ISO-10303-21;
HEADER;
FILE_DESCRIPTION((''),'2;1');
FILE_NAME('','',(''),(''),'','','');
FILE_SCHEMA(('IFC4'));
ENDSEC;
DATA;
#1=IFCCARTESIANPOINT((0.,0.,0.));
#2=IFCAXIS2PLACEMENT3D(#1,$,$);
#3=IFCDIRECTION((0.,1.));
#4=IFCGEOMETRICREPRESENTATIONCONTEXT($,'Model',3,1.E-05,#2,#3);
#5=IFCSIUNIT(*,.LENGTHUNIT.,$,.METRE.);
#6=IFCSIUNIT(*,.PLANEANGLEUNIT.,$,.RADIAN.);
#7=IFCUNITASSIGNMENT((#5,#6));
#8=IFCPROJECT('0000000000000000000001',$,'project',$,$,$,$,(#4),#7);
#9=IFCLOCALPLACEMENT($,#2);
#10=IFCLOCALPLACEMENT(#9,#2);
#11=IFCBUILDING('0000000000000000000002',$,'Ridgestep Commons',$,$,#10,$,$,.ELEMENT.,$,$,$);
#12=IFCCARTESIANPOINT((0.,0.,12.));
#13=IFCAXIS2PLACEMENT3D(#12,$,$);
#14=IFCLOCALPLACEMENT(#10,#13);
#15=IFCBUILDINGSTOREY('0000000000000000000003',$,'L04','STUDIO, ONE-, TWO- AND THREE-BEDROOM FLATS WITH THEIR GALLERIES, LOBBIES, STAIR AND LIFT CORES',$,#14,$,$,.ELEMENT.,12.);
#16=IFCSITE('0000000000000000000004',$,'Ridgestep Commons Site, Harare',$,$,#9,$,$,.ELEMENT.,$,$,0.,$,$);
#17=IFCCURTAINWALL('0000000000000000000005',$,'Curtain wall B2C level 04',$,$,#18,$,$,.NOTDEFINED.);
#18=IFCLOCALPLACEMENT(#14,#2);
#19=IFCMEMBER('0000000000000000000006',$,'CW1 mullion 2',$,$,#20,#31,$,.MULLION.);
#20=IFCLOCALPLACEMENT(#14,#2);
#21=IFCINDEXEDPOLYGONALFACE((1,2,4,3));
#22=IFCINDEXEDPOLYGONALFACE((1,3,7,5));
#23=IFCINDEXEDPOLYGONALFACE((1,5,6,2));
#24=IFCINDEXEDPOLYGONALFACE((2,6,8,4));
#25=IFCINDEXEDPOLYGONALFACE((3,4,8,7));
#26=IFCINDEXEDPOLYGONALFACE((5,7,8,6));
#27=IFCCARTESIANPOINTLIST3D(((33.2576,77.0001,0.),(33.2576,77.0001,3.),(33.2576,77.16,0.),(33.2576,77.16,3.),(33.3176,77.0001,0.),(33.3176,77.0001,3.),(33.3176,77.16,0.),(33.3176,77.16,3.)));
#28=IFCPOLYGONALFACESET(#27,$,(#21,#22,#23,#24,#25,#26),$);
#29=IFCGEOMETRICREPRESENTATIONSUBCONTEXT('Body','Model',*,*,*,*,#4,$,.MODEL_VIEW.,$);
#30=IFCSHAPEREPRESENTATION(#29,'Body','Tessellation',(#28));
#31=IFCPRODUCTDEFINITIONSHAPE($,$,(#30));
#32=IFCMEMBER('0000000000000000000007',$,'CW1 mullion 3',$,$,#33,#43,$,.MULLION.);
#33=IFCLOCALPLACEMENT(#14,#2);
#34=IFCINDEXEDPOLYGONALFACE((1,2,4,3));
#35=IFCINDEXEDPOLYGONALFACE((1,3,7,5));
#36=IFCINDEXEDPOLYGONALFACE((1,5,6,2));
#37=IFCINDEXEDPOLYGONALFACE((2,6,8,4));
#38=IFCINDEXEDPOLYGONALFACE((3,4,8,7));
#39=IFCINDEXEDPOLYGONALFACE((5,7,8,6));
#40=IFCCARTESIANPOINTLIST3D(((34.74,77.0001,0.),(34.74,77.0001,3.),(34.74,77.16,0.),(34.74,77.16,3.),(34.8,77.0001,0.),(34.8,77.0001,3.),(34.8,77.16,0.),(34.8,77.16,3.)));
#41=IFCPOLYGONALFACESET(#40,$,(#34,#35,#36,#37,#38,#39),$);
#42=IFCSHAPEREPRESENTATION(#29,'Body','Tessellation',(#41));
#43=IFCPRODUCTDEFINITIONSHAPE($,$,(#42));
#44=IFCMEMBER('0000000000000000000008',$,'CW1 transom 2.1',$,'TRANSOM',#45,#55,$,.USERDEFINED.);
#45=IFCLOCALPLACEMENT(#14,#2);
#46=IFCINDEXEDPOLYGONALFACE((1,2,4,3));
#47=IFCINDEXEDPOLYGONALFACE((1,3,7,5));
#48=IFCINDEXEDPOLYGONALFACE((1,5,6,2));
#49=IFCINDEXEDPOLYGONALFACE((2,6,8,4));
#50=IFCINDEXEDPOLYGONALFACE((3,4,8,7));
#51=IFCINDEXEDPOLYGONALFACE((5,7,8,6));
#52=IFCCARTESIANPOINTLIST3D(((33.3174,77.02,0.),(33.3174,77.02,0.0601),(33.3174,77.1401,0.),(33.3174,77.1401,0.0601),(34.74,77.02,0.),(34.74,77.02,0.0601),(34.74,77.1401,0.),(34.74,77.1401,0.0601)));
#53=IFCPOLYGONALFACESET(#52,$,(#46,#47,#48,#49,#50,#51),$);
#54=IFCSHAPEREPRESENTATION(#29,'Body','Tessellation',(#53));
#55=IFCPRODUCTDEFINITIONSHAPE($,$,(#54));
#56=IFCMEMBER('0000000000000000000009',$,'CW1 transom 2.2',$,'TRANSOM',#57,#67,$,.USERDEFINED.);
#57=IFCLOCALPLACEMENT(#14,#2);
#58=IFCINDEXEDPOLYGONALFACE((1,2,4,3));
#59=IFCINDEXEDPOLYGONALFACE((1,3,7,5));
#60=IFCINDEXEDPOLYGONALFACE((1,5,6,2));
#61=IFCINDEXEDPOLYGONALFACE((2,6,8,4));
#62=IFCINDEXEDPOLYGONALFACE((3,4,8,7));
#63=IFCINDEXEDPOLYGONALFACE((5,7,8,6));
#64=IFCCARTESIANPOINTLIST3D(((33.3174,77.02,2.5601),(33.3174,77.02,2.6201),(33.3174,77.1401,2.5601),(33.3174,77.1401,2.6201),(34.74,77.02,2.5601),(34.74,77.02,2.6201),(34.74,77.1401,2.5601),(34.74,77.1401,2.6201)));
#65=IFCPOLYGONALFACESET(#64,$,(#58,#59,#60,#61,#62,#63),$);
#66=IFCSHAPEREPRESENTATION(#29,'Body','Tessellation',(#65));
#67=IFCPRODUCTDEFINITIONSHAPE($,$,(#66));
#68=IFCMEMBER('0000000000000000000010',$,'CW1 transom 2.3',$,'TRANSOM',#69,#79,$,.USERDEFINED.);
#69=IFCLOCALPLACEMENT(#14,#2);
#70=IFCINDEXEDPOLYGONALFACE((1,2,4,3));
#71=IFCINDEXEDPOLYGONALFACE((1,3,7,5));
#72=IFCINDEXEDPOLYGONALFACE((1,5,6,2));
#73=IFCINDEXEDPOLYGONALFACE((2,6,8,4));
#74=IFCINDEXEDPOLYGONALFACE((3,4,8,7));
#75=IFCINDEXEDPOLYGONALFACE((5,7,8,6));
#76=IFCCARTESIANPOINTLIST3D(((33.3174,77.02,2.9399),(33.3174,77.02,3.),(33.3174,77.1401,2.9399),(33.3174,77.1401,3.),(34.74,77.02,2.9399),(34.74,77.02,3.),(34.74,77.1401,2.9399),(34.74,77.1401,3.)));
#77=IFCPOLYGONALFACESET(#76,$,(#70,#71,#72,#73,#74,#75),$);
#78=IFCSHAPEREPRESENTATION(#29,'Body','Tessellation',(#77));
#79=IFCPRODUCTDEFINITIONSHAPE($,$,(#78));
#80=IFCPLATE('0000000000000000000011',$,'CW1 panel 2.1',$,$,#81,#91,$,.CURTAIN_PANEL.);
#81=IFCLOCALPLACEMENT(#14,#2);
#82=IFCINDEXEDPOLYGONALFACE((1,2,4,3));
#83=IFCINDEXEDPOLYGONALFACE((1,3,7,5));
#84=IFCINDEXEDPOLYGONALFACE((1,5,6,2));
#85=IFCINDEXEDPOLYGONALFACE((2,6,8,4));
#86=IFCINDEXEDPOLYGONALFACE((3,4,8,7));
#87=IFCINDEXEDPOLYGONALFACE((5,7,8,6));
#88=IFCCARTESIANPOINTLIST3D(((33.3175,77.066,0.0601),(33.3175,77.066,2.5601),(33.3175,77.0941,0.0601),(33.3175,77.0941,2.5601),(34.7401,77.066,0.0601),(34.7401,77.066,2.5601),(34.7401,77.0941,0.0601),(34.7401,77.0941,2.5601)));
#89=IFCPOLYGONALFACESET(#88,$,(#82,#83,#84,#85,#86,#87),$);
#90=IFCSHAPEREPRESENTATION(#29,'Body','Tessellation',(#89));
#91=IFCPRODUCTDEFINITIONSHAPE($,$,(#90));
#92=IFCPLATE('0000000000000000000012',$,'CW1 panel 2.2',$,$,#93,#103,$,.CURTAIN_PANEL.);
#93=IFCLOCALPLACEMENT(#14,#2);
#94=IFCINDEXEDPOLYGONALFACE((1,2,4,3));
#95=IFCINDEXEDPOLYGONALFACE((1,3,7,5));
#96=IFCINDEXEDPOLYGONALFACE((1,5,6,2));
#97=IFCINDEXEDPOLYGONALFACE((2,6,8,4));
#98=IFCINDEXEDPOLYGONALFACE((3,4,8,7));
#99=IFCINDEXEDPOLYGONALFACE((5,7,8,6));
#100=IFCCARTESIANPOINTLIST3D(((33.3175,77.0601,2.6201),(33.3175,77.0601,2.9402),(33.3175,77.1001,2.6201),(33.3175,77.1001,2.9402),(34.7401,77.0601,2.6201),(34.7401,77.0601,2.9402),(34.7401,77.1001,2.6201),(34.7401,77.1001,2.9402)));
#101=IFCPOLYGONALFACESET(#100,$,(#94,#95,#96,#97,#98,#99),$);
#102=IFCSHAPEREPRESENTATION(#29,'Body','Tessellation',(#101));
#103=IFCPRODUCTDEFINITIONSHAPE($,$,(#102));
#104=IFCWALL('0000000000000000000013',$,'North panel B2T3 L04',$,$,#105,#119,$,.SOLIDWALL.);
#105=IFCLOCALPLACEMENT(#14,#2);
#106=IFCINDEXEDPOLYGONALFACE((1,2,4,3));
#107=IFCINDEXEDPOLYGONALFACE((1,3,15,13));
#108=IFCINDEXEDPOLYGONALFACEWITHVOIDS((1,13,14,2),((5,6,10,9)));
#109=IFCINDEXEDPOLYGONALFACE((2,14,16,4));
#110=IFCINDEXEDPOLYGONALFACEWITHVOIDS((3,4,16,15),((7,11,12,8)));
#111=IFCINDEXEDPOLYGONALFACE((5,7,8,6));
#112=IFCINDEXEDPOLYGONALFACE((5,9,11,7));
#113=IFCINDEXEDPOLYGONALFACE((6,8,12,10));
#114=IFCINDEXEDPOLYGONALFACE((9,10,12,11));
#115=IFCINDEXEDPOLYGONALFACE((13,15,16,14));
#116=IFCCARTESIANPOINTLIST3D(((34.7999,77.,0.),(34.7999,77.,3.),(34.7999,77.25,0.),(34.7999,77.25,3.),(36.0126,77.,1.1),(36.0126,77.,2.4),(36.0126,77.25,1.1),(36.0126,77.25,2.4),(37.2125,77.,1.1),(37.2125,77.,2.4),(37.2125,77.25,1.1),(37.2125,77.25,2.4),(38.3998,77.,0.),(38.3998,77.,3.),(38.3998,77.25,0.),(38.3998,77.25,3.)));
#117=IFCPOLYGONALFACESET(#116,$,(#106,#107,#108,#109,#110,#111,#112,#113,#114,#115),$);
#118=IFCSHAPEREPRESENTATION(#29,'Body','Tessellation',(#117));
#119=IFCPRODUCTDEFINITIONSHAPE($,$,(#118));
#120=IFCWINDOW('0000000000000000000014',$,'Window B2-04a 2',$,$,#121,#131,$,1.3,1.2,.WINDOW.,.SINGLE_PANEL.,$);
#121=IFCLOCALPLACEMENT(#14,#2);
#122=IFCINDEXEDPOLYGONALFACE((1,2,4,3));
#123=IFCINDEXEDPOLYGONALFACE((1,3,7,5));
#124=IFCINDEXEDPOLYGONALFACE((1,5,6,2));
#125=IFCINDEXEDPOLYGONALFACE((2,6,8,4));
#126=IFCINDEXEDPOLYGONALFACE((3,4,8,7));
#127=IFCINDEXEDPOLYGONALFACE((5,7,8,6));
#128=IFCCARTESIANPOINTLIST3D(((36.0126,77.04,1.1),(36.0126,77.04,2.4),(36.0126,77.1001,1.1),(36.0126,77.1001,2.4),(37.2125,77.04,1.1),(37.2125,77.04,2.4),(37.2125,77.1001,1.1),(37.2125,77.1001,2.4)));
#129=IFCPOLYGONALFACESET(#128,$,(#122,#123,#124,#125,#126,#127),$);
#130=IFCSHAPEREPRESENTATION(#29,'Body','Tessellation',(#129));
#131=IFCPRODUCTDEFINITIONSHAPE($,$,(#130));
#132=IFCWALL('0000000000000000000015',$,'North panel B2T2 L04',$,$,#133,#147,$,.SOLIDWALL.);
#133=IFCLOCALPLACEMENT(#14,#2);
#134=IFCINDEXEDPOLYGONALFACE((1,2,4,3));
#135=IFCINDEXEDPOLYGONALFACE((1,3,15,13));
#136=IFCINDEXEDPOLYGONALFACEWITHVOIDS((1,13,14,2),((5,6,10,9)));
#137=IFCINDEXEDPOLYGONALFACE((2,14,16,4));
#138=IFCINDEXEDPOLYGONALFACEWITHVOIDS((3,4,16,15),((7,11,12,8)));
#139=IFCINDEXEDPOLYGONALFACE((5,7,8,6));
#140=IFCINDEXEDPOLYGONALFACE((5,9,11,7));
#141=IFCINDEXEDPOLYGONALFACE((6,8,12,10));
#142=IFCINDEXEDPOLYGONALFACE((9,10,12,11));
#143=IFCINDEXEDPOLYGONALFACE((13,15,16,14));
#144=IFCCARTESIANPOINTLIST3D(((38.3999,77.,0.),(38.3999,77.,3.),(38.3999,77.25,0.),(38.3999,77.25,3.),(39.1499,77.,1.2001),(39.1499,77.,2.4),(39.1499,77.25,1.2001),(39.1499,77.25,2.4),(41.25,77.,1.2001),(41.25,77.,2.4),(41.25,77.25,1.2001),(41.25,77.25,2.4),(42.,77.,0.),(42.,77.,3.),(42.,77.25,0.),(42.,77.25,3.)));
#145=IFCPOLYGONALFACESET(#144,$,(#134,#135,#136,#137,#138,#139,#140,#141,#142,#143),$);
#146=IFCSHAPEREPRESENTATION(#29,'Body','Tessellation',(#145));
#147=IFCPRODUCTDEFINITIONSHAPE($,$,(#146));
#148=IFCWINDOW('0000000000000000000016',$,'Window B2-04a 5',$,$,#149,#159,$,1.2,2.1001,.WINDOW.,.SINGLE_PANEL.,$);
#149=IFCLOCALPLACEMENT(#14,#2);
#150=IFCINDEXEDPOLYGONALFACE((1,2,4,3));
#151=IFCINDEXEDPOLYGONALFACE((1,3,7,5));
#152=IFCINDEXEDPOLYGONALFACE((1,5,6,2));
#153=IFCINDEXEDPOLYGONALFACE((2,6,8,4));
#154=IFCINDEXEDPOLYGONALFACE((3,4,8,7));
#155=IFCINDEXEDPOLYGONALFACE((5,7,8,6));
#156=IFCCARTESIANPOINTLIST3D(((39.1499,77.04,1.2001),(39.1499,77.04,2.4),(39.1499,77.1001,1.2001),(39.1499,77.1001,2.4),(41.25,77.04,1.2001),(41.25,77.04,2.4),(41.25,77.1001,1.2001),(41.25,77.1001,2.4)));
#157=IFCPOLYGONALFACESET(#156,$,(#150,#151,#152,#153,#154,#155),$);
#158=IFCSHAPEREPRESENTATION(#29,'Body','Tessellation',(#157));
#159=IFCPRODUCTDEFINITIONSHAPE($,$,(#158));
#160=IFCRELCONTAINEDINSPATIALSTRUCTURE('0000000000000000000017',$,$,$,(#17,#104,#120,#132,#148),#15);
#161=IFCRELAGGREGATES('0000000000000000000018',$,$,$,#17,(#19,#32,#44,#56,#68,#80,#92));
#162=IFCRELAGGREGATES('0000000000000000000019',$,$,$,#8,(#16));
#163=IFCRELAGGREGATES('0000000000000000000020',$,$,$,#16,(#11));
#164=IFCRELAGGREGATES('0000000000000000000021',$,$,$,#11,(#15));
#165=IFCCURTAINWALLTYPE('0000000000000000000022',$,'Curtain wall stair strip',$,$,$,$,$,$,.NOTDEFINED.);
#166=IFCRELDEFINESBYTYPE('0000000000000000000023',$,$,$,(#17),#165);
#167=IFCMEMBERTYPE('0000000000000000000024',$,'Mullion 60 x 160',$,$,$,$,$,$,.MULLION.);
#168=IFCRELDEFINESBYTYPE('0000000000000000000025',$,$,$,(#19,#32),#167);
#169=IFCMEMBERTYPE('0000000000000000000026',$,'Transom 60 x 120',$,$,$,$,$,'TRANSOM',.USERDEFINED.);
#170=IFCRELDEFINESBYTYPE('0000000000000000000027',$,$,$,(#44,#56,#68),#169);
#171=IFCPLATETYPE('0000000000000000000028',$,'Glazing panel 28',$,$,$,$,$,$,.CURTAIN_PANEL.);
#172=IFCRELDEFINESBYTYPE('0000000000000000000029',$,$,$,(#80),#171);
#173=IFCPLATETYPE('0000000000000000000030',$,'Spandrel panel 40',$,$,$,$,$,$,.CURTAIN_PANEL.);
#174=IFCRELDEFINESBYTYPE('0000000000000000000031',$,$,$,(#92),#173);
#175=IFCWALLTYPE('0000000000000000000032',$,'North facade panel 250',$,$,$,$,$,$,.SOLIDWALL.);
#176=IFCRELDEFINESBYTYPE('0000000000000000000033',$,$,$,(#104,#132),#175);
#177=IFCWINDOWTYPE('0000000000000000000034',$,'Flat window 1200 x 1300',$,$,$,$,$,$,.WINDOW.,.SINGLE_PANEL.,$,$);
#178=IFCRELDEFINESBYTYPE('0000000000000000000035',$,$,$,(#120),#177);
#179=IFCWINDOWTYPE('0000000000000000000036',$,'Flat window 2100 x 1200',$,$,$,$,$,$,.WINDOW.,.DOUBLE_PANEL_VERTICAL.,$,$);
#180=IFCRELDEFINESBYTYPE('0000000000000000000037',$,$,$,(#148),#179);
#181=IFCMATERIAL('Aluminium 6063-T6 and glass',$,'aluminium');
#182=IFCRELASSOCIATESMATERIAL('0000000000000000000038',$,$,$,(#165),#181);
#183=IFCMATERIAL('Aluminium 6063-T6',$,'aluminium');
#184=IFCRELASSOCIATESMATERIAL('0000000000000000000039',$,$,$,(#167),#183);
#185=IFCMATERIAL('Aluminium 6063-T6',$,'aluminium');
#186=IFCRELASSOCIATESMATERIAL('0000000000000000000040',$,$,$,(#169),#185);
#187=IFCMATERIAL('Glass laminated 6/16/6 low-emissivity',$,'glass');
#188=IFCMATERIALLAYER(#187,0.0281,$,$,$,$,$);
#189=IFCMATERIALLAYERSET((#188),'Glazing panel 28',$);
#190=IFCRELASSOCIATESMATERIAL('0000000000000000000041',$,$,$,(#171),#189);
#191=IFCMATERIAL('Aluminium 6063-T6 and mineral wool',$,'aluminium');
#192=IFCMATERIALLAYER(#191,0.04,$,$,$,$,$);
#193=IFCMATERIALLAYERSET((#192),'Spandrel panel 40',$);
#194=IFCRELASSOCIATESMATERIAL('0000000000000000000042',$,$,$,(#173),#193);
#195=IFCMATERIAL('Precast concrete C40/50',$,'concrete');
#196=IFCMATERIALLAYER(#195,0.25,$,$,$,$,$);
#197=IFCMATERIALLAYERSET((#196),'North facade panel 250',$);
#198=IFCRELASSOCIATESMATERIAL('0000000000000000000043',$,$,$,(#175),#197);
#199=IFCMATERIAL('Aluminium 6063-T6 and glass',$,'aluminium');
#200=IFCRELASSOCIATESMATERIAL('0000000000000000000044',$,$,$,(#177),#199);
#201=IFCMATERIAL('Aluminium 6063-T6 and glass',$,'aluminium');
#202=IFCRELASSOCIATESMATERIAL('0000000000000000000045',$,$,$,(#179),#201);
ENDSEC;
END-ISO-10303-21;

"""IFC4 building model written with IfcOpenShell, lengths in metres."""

from ifc_helpers import new_model, si_unit, direction, frame, frame_2d, origin, origin_2d, place, context, subcontext, project, spatial, rectangle, extrude, material, layer, layer_set, material_profile, profile_set, type_object, element, fill, aggregate, save


model = new_model("IFC4")

# Units and contexts
model_context = context("Model", 3, precision=1e-05, world=origin(), true_north=direction((0.0, 1.0)))
body_context = subcontext(model_context, "Body", "Model", "MODEL_VIEW")
ifc_project = project(units=[si_unit("LENGTHUNIT", "METRE"), si_unit("PLANEANGLEUNIT", "RADIAN")], contexts=[model_context])

# Site, building, storey
site_placement = place(None, origin())
site = spatial("IfcSite", under=ifc_project, at=site_placement, Name="Ridgestep Commons Site, Harare", CompositionType="ELEMENT", RefElevation=0.0)
building_placement = place(site_placement, origin())
building = spatial("IfcBuilding", under=site, at=building_placement, Name="Ridgestep Commons", CompositionType="ELEMENT")
storey_placement = place(building_placement, frame((0.0, 0.0, 12.0)))
storey = spatial("IfcBuildingStorey", under=building, at=storey_placement, Name="L04", Description="STUDIO, ONE-, TWO- AND THREE-BEDROOM FLATS WITH THEIR GALLERIES, LOBBIES, STAIR AND LIFT CORES", CompositionType="ELEMENT", Elevation=12.0)

# Curtain wall, members, plates
ifc_material_1 = material(Name="Aluminium 6063-T6 and glass", Category="aluminium")
curtain_wall_type = type_object("IfcCurtainWallType", Name="Curtain wall stair strip", PredefinedType="NOTDEFINED", material=ifc_material_1)
curtain_wall_placement = place(storey_placement, origin())
curtain_wall = element("IfcCurtainWall", 1, at=curtain_wall_placement, inside=storey, type_object=curtain_wall_type, Name="Curtain wall B2C level 04", PredefinedType="NOTDEFINED")
ifc_material_2 = material(Name="Aluminium 6063-T6", Category="aluminium")
ifc_material_profile_1 = material_profile(ifc_material_2, rectangle(XDim=0.1599, YDim=0.0601, at=origin_2d()), Name="Mullion 60 x 160")
ifc_profile_set_1 = profile_set([ifc_material_profile_1], Name="Aluminium 6063-T6")
member_type_1 = type_object("IfcMemberType", Name="Mullion 60 x 160", PredefinedType="MULLION", material=ifc_profile_set_1)
member_1_placement = place(storey_placement, frame((33.2876, 77.0801, 0.0), z_axis=(0.0, 0.0, 1.0), x_axis=(0.0, 1.0, 0.0)))
member_1 = element("IfcMember", 2, at=member_1_placement, type_object=member_type_1, Name="CW1 mullion 2", PredefinedType="MULLION", context=body_context, shape_type="SweptSolid", body=[
    extrude(rectangle(XDim=0.1599, YDim=0.0601, at=origin_2d()), origin(), (0.0, 0.0, 1.0), 3.0),
])
member_2_placement = place(storey_placement, frame((34.77, 77.0801, 0.0), z_axis=(0.0, 0.0, 1.0), x_axis=(0.0, 1.0, 0.0)))
member_2 = element("IfcMember", 3, at=member_2_placement, type_object=member_type_1, Name="CW1 mullion 3", PredefinedType="MULLION", context=body_context, shape_type="SweptSolid", body=[
    extrude(rectangle(XDim=0.1599, YDim=0.0601, at=origin_2d()), origin(), (0.0, 0.0, 1.0), 3.0),
])
ifc_material_3 = material(Name="Aluminium 6063-T6", Category="aluminium")
ifc_material_profile_2 = material_profile(ifc_material_3, rectangle(XDim=0.1201, YDim=0.0601, at=origin_2d()), Name="Transom 60 x 120")
ifc_profile_set_2 = profile_set([ifc_material_profile_2], Name="Aluminium 6063-T6")
member_type_2 = type_object("IfcMemberType", Name="Transom 60 x 120", ElementType="TRANSOM", PredefinedType="USERDEFINED", material=ifc_profile_set_2)
member_3_placement = place(storey_placement, frame((33.3174, 77.0801, 0.03), z_axis=(1.0, 0.0, 0.0), x_axis=(0.0, 1.0, 0.0)))
member_3 = element("IfcMember", 4, at=member_3_placement, type_object=member_type_2, Name="CW1 transom 2.1", ObjectType="TRANSOM", PredefinedType="USERDEFINED", context=body_context, shape_type="SweptSolid", body=[
    extrude(rectangle(XDim=0.1201, YDim=0.0601, at=origin_2d()), origin(), (0.0, 0.0, 1.0), 1.4226),
])
member_4_placement = place(storey_placement, frame((33.3174, 77.0801, 2.5901), z_axis=(1.0, 0.0, 0.0), x_axis=(0.0, 1.0, 0.0)))
member_4 = element("IfcMember", 5, at=member_4_placement, type_object=member_type_2, Name="CW1 transom 2.2", ObjectType="TRANSOM", PredefinedType="USERDEFINED", context=body_context, shape_type="SweptSolid", body=[
    extrude(rectangle(XDim=0.1201, YDim=0.0601, at=origin_2d()), origin(), (0.0, 0.0, 1.0), 1.4226),
])
member_5_placement = place(storey_placement, frame((33.3174, 77.0801, 2.97), z_axis=(1.0, 0.0, 0.0), x_axis=(0.0, 1.0, 0.0)))
member_5 = element("IfcMember", 6, at=member_5_placement, type_object=member_type_2, Name="CW1 transom 2.3", ObjectType="TRANSOM", PredefinedType="USERDEFINED", context=body_context, shape_type="SweptSolid", body=[
    extrude(rectangle(XDim=0.1201, YDim=0.0601, at=origin_2d()), origin(), (0.0, 0.0, 1.0), 1.4226),
])
ifc_material_4 = material(Name="Glass laminated 6/16/6 low-emissivity", Category="glass")
ifc_layer_1 = layer(ifc_material_4, 0.0281)
ifc_layer_set_1 = layer_set([ifc_layer_1], Name="Glazing panel 28")
plate_type_1 = type_object("IfcPlateType", Name="Glazing panel 28", PredefinedType="CURTAIN_PANEL", material=ifc_layer_set_1)
plate_1_placement = place(storey_placement, frame((34.0288, 77.0801, 0.0601), z_axis=(0.0, 0.0, 1.0), x_axis=(1.0, 0.0, 0.0)))
plate_1 = element("IfcPlate", 7, at=plate_1_placement, type_object=plate_type_1, Name="CW1 panel 2.1", PredefinedType="CURTAIN_PANEL", context=body_context, shape_type="SweptSolid", body=[
    extrude(rectangle(XDim=1.4226, YDim=0.0281, at=origin_2d()), origin(), (0.0, 0.0, 1.0), 2.5),
])
ifc_material_5 = material(Name="Aluminium 6063-T6 and mineral wool", Category="aluminium")
ifc_layer_2 = layer(ifc_material_5, 0.04)
ifc_layer_set_2 = layer_set([ifc_layer_2], Name="Spandrel panel 40")
plate_type_2 = type_object("IfcPlateType", Name="Spandrel panel 40", PredefinedType="CURTAIN_PANEL", material=ifc_layer_set_2)
plate_2_placement = place(storey_placement, frame((34.0288, 77.0801, 2.6201), z_axis=(0.0, 0.0, 1.0), x_axis=(1.0, 0.0, 0.0)))
plate_2 = element("IfcPlate", 8, at=plate_2_placement, type_object=plate_type_2, Name="CW1 panel 2.2", PredefinedType="CURTAIN_PANEL", context=body_context, shape_type="SweptSolid", body=[
    extrude(rectangle(XDim=1.4226, YDim=0.04, at=origin_2d()), origin(), (0.0, 0.0, 1.0), 0.3201),
])
aggregate(curtain_wall, [member_1, member_2, member_3, member_4, member_5, plate_1, plate_2])

# Walls, openings, windows
ifc_material_6 = material(Name="Precast concrete C40/50", Category="concrete")
ifc_layer_3 = layer(ifc_material_6, 0.25)
ifc_layer_set_3 = layer_set([ifc_layer_3], Name="North facade panel 250")
wall_type_1 = type_object("IfcWallType", Name="North facade panel 250", PredefinedType="SOLIDWALL", material=ifc_layer_set_3)
wall_1_placement = place(storey_placement, frame((34.8, 77.125, 0.0), z_axis=(0.0, 0.0, 1.0), x_axis=(1.0, 0.0, 0.0)))
wall_1 = element("IfcWall", 9, at=wall_1_placement, inside=storey, type_object=wall_type_1, Name="North panel B2T3 L04", PredefinedType="SOLIDWALL", context=body_context, shape_type="SweptSolid", body=[
    extrude(rectangle(XDim=3.5999, YDim=0.25, at=frame_2d((1.7998, 0.0))), origin(), (0.0, 0.0, 1.0), 3.0),
])
opening_1_placement = place(wall_1_placement, frame((1.2124, 0.0, 1.1001)))
opening_1 = element("IfcOpeningElement", 10, at=opening_1_placement, cuts=wall_1, PredefinedType="OPENING", context=body_context, shape_type="SweptSolid", body=[
    extrude(rectangle(XDim=1.2, YDim=1.3, at=frame_2d((0.6001, 0.6499))), frame((0.0, 0.135, 0.0), z_axis=(0.0, -1.0, 0.0), x_axis=(1.0, 0.0, 0.0)), (0.0, 0.0, 1.0), 0.27),
])
ifc_material_7 = material(Name="Aluminium 6063-T6 and glass", Category="aluminium")
window_type_1 = type_object("IfcWindowType", Name="Flat window 1200 x 1300", PartitioningType="SINGLE_PANEL", PredefinedType="WINDOW", material=ifc_material_7)
window_1_placement = place(opening_1_placement, origin())
window_1 = element("IfcWindow", 11, at=window_1_placement, inside=storey, type_object=window_type_1, Name="Window B2-04a 2", OverallHeight=1.3, OverallWidth=1.2, PartitioningType="SINGLE_PANEL", PredefinedType="WINDOW", context=body_context, shape_type="SweptSolid", body=[
    extrude(rectangle(XDim=1.2, YDim=1.3, at=frame_2d((0.6001, 0.6499))), frame((0.0, -0.0249, 0.0), z_axis=(0.0, -1.0, 0.0), x_axis=(1.0, 0.0, 0.0)), (0.0, 0.0, 1.0), 0.0601),
])
fill(opening_1, window_1)
wall_2_placement = place(storey_placement, frame((38.3999, 77.125, 0.0), z_axis=(0.0, 0.0, 1.0), x_axis=(1.0, 0.0, 0.0)))
wall_2 = element("IfcWall", 12, at=wall_2_placement, inside=storey, type_object=wall_type_1, Name="North panel B2T2 L04", PredefinedType="SOLIDWALL", context=body_context, shape_type="SweptSolid", body=[
    extrude(rectangle(XDim=3.6001, YDim=0.25, at=frame_2d((1.8, 0.0))), origin(), (0.0, 0.0, 1.0), 3.0),
])
opening_2_placement = place(wall_2_placement, frame((0.75, 0.0, 1.2)))
opening_2 = element("IfcOpeningElement", 13, at=opening_2_placement, cuts=wall_2, PredefinedType="OPENING", context=body_context, shape_type="SweptSolid", body=[
    extrude(rectangle(XDim=2.1001, YDim=1.2, at=frame_2d((1.05, 0.6001))), frame((0.0, 0.135, 0.0), z_axis=(0.0, -1.0, 0.0), x_axis=(1.0, 0.0, 0.0)), (0.0, 0.0, 1.0), 0.27),
])
ifc_material_8 = material(Name="Aluminium 6063-T6 and glass", Category="aluminium")
window_type_2 = type_object("IfcWindowType", Name="Flat window 2100 x 1200", PartitioningType="DOUBLE_PANEL_VERTICAL", PredefinedType="WINDOW", material=ifc_material_8)
window_2_placement = place(opening_2_placement, origin())
window_2 = element("IfcWindow", 14, at=window_2_placement, inside=storey, type_object=window_type_2, Name="Window B2-04a 5", OverallHeight=1.2, OverallWidth=2.1001, PartitioningType="SINGLE_PANEL", PredefinedType="WINDOW", context=body_context, shape_type="SweptSolid", body=[
    extrude(rectangle(XDim=2.1001, YDim=1.2, at=frame_2d((1.05, 0.6001))), frame((0.0, -0.0249, 0.0), z_axis=(0.0, -1.0, 0.0), x_axis=(1.0, 0.0, 0.0)), (0.0, 0.0, 1.0), 0.0601),
])
fill(opening_2, window_2)

save(model, "model.ifc")
